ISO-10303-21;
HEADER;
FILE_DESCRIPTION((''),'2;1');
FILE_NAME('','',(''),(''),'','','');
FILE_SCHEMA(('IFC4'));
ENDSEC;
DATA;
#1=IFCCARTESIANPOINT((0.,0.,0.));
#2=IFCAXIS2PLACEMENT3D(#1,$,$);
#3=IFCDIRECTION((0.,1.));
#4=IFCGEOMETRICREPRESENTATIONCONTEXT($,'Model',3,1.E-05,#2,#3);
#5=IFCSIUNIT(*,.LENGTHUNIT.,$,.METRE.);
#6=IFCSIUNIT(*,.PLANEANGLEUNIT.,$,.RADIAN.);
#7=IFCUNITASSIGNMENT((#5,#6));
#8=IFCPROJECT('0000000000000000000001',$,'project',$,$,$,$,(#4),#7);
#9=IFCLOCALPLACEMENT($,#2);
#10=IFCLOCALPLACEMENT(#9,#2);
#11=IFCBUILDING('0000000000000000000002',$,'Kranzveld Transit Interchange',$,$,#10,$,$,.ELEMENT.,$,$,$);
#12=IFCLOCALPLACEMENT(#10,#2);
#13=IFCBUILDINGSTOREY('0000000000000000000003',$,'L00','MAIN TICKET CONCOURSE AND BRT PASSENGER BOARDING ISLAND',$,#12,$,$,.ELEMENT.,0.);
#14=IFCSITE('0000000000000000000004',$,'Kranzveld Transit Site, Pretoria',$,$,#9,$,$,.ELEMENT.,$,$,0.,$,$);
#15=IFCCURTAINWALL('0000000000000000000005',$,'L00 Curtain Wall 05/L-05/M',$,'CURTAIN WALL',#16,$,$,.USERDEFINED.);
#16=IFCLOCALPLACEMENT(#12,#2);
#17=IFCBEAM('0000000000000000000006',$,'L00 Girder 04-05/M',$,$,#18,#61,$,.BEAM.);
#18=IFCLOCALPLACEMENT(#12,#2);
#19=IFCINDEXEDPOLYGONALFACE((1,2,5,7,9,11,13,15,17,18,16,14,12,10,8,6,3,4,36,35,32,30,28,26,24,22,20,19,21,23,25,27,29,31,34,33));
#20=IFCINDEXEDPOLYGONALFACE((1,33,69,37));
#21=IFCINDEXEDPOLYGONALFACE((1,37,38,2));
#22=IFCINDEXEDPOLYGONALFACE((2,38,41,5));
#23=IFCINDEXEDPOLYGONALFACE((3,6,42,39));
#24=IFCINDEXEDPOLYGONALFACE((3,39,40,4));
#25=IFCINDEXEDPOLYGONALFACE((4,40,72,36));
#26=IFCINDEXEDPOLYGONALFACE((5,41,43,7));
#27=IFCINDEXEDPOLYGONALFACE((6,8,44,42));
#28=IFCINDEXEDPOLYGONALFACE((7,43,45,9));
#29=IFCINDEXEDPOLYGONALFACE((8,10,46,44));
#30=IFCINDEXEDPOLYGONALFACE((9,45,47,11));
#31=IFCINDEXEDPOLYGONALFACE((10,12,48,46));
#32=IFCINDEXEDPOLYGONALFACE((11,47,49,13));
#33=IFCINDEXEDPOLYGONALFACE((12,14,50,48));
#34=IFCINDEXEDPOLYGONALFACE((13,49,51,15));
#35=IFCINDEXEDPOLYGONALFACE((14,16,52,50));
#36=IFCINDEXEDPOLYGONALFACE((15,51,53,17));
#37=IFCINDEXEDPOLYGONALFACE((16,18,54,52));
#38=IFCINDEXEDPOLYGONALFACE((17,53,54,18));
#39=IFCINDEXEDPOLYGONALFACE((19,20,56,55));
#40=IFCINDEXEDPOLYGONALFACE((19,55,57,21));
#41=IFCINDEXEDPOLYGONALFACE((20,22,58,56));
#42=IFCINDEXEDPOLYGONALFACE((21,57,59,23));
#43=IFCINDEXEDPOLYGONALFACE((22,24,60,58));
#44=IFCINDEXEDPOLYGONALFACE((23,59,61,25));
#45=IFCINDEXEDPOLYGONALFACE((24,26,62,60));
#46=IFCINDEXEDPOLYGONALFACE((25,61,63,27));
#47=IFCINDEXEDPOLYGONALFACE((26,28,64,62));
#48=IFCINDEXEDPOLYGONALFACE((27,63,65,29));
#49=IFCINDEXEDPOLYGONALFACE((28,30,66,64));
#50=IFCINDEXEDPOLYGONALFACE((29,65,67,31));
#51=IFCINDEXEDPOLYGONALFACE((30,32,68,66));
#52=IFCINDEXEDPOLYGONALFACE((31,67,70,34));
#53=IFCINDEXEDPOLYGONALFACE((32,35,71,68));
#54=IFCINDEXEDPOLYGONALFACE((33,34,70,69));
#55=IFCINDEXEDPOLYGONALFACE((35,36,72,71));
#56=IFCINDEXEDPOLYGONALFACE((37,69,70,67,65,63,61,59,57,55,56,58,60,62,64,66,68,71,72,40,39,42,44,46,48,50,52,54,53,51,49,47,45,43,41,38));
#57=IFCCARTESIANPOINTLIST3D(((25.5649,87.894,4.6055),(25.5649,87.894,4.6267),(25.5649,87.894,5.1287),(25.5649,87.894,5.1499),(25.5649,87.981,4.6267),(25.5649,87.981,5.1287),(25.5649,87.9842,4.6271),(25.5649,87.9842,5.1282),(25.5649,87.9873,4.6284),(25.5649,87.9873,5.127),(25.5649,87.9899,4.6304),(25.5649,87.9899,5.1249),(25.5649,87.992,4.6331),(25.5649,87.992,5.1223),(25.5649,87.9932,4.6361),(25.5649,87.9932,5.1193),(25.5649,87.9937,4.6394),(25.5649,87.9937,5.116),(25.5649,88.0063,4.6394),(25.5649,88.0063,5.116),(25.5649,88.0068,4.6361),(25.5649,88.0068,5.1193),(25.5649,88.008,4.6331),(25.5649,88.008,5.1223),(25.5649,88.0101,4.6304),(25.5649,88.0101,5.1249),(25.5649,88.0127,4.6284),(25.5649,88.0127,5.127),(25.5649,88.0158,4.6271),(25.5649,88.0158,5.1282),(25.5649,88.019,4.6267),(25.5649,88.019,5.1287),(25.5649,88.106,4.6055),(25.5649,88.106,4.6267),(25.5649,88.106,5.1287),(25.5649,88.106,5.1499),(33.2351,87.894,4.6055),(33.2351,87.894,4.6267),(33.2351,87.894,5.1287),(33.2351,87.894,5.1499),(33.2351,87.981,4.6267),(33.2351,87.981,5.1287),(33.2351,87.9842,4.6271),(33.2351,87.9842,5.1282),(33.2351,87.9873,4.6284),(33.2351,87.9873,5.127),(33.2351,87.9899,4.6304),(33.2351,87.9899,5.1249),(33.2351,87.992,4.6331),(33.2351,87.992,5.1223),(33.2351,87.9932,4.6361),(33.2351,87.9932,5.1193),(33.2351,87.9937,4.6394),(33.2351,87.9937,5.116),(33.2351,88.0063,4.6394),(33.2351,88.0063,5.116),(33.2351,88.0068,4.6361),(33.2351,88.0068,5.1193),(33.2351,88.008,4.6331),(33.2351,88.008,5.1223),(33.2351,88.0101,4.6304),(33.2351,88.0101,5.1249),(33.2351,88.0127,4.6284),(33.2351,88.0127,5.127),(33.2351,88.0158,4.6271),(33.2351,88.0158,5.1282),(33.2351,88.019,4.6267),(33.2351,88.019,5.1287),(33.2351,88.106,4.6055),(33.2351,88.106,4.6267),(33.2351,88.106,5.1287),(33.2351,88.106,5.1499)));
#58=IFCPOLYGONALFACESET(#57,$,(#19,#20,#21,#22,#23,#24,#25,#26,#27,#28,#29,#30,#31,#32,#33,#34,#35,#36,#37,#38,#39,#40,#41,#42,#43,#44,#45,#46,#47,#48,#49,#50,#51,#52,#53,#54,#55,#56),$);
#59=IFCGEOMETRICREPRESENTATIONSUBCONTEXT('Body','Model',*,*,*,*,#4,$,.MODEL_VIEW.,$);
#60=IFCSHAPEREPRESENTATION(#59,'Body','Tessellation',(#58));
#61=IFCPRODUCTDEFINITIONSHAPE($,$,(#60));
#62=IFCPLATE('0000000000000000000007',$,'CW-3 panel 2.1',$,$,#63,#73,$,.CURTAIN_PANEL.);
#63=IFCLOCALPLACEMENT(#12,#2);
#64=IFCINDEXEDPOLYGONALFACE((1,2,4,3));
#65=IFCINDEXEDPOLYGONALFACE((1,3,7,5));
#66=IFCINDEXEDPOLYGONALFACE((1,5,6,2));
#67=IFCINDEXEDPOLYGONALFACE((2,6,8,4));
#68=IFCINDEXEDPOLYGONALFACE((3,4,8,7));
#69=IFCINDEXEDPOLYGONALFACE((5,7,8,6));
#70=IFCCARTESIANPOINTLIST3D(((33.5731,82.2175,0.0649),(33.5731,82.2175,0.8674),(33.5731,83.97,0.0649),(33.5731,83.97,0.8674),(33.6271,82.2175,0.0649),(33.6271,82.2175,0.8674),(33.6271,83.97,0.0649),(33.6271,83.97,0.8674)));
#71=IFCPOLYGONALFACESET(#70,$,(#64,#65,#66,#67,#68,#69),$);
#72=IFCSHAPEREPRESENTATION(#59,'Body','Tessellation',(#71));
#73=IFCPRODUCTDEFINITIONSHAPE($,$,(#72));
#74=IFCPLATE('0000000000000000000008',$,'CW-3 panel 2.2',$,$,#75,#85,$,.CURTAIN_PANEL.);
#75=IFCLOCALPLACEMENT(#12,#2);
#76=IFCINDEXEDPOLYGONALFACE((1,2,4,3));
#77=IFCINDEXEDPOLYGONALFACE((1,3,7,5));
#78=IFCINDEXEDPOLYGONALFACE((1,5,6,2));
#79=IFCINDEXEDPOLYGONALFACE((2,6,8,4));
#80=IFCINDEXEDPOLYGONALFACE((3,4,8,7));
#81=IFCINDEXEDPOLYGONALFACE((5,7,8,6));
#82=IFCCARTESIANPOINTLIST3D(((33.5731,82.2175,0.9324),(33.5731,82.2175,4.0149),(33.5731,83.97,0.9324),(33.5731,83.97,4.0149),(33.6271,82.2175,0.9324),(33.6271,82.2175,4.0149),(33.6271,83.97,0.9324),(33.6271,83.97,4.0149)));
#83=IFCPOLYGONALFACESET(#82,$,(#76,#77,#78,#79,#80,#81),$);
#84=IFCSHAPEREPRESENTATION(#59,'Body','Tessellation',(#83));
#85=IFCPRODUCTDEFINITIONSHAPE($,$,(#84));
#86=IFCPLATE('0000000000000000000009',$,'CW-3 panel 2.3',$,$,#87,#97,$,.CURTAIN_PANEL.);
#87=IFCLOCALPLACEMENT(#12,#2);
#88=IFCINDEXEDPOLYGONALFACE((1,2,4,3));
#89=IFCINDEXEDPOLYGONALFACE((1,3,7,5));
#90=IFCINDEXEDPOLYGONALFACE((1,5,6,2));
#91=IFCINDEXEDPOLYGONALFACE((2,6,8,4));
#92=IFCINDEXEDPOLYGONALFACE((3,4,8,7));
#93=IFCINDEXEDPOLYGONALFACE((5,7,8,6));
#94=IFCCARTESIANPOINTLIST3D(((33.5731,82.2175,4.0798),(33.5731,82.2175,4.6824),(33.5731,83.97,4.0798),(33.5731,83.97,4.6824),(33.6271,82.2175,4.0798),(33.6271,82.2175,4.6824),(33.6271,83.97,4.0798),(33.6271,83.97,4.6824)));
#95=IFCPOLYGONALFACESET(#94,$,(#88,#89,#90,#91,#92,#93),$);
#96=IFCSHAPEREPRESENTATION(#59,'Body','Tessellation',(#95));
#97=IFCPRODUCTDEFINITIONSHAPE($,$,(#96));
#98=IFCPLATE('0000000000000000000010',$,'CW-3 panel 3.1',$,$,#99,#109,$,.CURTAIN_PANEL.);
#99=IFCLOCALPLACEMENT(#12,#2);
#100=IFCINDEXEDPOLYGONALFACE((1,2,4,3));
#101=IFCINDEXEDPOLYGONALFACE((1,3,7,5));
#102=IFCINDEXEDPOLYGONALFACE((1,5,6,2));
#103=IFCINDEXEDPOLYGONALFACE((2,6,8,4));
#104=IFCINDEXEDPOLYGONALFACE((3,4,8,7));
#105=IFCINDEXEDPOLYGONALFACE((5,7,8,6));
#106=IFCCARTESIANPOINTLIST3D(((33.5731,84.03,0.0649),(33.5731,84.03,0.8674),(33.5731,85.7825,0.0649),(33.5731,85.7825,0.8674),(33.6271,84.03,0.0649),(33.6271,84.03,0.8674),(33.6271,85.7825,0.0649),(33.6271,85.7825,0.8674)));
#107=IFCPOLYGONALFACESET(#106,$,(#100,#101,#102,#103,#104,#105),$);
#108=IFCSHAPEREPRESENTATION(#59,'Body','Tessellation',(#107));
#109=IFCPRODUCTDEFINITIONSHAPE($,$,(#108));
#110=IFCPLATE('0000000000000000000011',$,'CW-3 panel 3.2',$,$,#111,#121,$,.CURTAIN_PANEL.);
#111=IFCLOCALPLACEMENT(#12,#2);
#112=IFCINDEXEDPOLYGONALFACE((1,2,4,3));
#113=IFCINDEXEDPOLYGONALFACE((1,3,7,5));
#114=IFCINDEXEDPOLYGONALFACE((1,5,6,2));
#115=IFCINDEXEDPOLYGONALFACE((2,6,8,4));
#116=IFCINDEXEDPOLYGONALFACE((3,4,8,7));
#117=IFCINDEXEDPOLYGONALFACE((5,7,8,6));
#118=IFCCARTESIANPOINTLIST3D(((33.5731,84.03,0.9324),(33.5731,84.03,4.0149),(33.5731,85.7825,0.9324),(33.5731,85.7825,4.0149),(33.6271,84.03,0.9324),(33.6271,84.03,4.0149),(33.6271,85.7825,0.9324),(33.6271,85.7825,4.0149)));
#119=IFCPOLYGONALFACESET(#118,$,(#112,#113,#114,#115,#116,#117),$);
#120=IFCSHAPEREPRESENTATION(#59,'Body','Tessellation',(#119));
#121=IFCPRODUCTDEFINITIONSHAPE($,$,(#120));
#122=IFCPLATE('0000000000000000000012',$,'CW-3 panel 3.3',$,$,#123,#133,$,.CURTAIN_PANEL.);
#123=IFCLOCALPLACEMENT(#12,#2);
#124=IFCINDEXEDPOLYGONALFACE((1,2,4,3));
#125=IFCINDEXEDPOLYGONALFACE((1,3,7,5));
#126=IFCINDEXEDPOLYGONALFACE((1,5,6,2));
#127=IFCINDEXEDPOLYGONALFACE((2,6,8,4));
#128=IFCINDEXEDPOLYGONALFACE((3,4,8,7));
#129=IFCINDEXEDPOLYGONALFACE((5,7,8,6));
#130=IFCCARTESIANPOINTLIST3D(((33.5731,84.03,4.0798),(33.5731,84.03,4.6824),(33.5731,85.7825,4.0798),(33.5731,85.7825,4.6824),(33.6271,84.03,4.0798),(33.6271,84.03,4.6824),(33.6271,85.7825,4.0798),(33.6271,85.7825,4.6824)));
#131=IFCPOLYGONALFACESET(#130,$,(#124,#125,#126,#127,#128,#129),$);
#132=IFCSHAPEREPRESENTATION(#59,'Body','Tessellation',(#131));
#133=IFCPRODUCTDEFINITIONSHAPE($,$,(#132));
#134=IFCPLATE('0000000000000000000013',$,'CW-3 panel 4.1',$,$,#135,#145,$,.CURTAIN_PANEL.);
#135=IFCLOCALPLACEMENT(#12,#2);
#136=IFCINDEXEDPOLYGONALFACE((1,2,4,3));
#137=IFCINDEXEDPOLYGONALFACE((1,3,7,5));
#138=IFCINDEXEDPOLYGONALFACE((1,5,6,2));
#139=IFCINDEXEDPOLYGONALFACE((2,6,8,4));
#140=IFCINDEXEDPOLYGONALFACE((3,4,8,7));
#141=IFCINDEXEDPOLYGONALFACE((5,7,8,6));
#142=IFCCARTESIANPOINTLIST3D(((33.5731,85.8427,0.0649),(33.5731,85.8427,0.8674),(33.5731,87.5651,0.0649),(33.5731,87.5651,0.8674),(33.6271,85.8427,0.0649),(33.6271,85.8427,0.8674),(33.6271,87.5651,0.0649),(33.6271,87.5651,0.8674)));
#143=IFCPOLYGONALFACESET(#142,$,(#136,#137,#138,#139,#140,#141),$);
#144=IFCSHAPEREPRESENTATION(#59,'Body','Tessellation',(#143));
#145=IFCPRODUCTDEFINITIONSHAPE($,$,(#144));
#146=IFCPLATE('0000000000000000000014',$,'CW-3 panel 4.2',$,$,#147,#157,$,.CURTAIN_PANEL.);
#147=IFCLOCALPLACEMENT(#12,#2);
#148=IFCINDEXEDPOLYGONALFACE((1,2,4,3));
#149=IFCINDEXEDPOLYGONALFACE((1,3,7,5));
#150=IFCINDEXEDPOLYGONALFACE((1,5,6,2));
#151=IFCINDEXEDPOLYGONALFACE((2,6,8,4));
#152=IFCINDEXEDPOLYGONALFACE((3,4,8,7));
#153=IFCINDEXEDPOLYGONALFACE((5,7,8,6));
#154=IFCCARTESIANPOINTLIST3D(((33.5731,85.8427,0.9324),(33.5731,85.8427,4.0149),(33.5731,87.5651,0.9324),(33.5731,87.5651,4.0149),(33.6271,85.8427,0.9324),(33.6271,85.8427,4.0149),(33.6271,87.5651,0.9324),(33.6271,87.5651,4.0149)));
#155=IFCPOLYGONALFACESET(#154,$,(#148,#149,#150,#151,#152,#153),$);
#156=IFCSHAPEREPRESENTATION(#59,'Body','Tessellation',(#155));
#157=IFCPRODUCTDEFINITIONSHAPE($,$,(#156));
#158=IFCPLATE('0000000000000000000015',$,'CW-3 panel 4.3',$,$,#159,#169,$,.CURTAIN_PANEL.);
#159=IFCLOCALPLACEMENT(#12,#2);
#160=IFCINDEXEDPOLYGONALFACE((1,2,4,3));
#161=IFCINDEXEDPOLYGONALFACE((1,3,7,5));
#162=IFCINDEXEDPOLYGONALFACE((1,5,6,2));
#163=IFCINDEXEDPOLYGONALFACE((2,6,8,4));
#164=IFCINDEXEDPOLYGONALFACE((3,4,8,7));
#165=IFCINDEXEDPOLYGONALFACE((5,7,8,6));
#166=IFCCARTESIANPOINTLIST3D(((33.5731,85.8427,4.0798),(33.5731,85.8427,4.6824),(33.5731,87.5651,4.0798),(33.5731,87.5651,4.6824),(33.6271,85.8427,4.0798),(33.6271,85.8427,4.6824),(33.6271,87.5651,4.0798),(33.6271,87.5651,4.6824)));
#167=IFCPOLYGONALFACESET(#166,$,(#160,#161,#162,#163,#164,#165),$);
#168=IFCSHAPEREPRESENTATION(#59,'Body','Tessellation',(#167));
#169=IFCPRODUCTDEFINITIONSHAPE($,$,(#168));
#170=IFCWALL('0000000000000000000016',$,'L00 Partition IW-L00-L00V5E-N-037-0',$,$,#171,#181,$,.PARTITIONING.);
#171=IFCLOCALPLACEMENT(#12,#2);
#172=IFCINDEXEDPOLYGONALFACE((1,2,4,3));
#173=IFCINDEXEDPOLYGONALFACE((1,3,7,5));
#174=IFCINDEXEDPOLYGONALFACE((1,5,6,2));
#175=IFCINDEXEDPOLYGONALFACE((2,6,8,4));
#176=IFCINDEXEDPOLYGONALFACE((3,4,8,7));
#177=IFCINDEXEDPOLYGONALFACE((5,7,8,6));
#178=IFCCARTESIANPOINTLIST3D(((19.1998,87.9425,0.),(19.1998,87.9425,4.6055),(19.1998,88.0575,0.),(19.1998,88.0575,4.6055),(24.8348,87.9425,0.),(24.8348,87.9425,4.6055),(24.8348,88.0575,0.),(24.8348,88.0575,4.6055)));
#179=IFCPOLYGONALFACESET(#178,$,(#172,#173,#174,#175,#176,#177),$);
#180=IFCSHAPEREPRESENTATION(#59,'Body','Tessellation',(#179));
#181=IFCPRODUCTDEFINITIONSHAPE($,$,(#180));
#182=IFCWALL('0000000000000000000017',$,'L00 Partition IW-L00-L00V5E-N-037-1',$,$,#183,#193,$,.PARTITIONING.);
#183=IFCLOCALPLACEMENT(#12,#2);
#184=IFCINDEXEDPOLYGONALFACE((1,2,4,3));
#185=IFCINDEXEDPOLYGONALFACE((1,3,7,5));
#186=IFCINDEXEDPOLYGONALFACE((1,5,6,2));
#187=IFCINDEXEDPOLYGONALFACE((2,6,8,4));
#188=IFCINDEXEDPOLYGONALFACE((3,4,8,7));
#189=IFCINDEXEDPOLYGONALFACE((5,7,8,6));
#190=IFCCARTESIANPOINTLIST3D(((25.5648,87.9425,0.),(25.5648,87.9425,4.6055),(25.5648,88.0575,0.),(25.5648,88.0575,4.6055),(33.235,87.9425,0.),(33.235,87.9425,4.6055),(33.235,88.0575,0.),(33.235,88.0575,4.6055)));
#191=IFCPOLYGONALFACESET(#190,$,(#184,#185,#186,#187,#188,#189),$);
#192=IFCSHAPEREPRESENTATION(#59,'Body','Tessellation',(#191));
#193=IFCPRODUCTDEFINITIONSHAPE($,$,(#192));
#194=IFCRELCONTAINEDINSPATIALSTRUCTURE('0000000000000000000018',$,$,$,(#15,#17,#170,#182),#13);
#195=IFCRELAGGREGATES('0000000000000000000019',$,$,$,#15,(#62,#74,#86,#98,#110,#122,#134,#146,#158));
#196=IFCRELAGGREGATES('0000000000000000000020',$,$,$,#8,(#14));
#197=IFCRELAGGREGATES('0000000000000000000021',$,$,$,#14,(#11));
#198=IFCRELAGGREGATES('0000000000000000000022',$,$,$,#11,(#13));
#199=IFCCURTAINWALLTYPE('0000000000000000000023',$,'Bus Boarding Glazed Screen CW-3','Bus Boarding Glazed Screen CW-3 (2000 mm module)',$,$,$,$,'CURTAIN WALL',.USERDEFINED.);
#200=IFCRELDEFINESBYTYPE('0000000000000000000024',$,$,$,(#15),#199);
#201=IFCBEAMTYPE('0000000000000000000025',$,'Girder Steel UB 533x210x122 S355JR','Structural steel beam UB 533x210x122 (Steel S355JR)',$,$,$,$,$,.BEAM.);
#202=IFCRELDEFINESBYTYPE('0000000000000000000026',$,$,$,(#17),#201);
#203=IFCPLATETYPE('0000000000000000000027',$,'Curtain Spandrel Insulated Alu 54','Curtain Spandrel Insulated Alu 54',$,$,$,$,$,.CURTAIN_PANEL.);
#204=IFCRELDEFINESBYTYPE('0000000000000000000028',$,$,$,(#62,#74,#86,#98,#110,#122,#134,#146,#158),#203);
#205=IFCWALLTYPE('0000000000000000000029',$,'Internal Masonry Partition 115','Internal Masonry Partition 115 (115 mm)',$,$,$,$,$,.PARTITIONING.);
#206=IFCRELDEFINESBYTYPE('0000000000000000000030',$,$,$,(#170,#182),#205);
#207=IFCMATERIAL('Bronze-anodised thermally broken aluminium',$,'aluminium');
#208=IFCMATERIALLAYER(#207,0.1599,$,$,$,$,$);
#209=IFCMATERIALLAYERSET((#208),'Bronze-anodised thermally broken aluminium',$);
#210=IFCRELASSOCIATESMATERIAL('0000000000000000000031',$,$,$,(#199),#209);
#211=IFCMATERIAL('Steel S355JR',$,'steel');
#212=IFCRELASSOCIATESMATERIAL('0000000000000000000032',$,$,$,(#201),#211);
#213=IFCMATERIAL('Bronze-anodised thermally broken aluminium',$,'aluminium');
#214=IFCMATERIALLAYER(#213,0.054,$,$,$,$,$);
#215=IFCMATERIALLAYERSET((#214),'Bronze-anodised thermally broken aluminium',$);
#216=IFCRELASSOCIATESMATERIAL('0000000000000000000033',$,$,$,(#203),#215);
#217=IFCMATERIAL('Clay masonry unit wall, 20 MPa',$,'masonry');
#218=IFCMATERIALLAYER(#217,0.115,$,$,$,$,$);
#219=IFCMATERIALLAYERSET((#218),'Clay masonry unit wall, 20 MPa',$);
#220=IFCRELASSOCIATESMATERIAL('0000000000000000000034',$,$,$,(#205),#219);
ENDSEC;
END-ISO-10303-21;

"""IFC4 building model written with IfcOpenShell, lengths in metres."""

from ifc_helpers import new_model, si_unit, direction, frame, frame_2d, origin, origin_2d, place, context, subcontext, project, spatial, rectangle, i_section, extrude, material, layer, layer_set, material_profile, profile_set, type_object, element, aggregate, save


model = new_model("IFC4")

# Units and contexts
model_context = context("Model", 3, precision=1e-05, world=origin(), true_north=direction((0.0, 1.0)))
body_context = subcontext(model_context, "Body", "Model", "MODEL_VIEW")
ifc_project = project(units=[si_unit("LENGTHUNIT", "METRE"), si_unit("PLANEANGLEUNIT", "RADIAN")], contexts=[model_context])

# Site, building, storey
site_placement = place(None, origin())
site = spatial("IfcSite", under=ifc_project, at=site_placement, Name="Kranzveld Transit Site, Pretoria", CompositionType="ELEMENT", RefElevation=0.0)
building_placement = place(site_placement, origin())
building = spatial("IfcBuilding", under=site, at=building_placement, Name="Kranzveld Transit Interchange", CompositionType="ELEMENT")
storey_placement = place(building_placement, origin())
storey = spatial("IfcBuildingStorey", under=building, at=storey_placement, Name="L00", Description="MAIN TICKET CONCOURSE AND BRT PASSENGER BOARDING ISLAND", CompositionType="ELEMENT", Elevation=0.0)

# Shared definitions
ifc_material_1 = material(Name="Bronze-anodised thermally broken aluminium", Category="aluminium")
ifc_layer_1 = layer(ifc_material_1, 0.1599)
ifc_layer_set_1 = layer_set([ifc_layer_1], Name="Bronze-anodised thermally broken aluminium")
curtain_wall_type = type_object("IfcCurtainWallType", Name="Bus Boarding Glazed Screen CW-3", Description="Bus Boarding Glazed Screen CW-3 (2000 mm module)", ElementType="CURTAIN WALL", PredefinedType="USERDEFINED", material=ifc_layer_set_1)

# Curtain wall
curtain_wall_1_placement = place(storey_placement, origin())
curtain_wall_1 = element("IfcCurtainWall", 1, at=curtain_wall_1_placement, inside=storey, type_object=curtain_wall_type, Name="L00 Curtain Wall 05/L-05/M", ObjectType="CURTAIN WALL", PredefinedType="USERDEFINED")

# Beam
ifc_material_2 = material(Name="Steel S355JR", Category="steel")
ifc_material_profile_1 = material_profile(ifc_material_2, i_section(OverallWidth=0.2119, OverallDepth=0.5444, WebThickness=0.0127, FlangeThickness=0.0212, FilletRadius=0.0127, at=origin_2d()), Name="UB 533x210x122")
ifc_profile_set_1 = profile_set([ifc_material_profile_1], Name="Steel S355JR")
beam_type_1 = type_object("IfcBeamType", Name="Girder Steel UB 533x210x122 S355JR", Description="Structural steel beam UB 533x210x122 (Steel S355JR)", PredefinedType="BEAM", material=ifc_profile_set_1)
beam_1_placement = place(storey_placement, frame((25.5649, 88.0, 4.8777), z_axis=(1.0, 0.0, 0.0), x_axis=(0.0, 1.0, 0.0)))
element("IfcBeam", 2, at=beam_1_placement, inside=storey, type_object=beam_type_1, Name="L00 Girder 04-05/M", PredefinedType="BEAM", context=body_context, shape_type="SweptSolid", body=[
    extrude(i_section(OverallWidth=0.2119, OverallDepth=0.5444, WebThickness=0.0127, FlangeThickness=0.0212, FilletRadius=0.0127, at=origin_2d()), origin(), (0.0, 0.0, 1.0), 7.6702),
])

# Plates
ifc_material_3 = material(Name="Bronze-anodised thermally broken aluminium", Category="aluminium")
ifc_layer_2 = layer(ifc_material_3, 0.054)
ifc_layer_set_2 = layer_set([ifc_layer_2], Name="Bronze-anodised thermally broken aluminium")
plate_type = type_object("IfcPlateType", Name="Curtain Spandrel Insulated Alu 54", Description="Curtain Spandrel Insulated Alu 54", PredefinedType="CURTAIN_PANEL", material=ifc_layer_set_2)
plate_1_placement = place(storey_placement, frame((33.6001, 83.0938, 0.0649), z_axis=(0.0, 0.0, 1.0), x_axis=(0.0, 1.0, 0.0)))
plate_1 = element("IfcPlate", 3, at=plate_1_placement, type_object=plate_type, Name="CW-3 panel 2.1", PredefinedType="CURTAIN_PANEL", context=body_context, shape_type="SweptSolid", body=[
    extrude(rectangle(XDim=1.7524, YDim=0.054, at=origin_2d()), origin(), (0.0, 0.0, 1.0), 0.8025),
])
plate_2_placement = place(storey_placement, frame((33.6001, 83.0938, 0.9324), z_axis=(0.0, 0.0, 1.0), x_axis=(0.0, 1.0, 0.0)))
plate_2 = element("IfcPlate", 4, at=plate_2_placement, type_object=plate_type, Name="CW-3 panel 2.2", PredefinedType="CURTAIN_PANEL", context=body_context, shape_type="SweptSolid", body=[
    extrude(rectangle(XDim=1.7524, YDim=0.054, at=origin_2d()), origin(), (0.0, 0.0, 1.0), 3.0825),
])
plate_3_placement = place(storey_placement, frame((33.6001, 83.0938, 4.0798), z_axis=(0.0, 0.0, 1.0), x_axis=(0.0, 1.0, 0.0)))
plate_3 = element("IfcPlate", 5, at=plate_3_placement, type_object=plate_type, Name="CW-3 panel 2.3", PredefinedType="CURTAIN_PANEL", context=body_context, shape_type="SweptSolid", body=[
    extrude(rectangle(XDim=1.7524, YDim=0.054, at=origin_2d()), origin(), (0.0, 0.0, 1.0), 0.6025),
])
plate_4_placement = place(storey_placement, frame((33.6001, 84.9062, 0.0649), z_axis=(0.0, 0.0, 1.0), x_axis=(0.0, 1.0, 0.0)))
plate_4 = element("IfcPlate", 6, at=plate_4_placement, type_object=plate_type, Name="CW-3 panel 3.1", PredefinedType="CURTAIN_PANEL", context=body_context, shape_type="SweptSolid", body=[
    extrude(rectangle(XDim=1.7524, YDim=0.054, at=origin_2d()), origin(), (0.0, 0.0, 1.0), 0.8025),
])
plate_5_placement = place(storey_placement, frame((33.6001, 84.9062, 0.9324), z_axis=(0.0, 0.0, 1.0), x_axis=(0.0, 1.0, 0.0)))
plate_5 = element("IfcPlate", 7, at=plate_5_placement, type_object=plate_type, Name="CW-3 panel 3.2", PredefinedType="CURTAIN_PANEL", context=body_context, shape_type="SweptSolid", body=[
    extrude(rectangle(XDim=1.7524, YDim=0.054, at=origin_2d()), origin(), (0.0, 0.0, 1.0), 3.0825),
])
plate_6_placement = place(storey_placement, frame((33.6001, 84.9062, 4.0798), z_axis=(0.0, 0.0, 1.0), x_axis=(0.0, 1.0, 0.0)))
plate_6 = element("IfcPlate", 8, at=plate_6_placement, type_object=plate_type, Name="CW-3 panel 3.3", PredefinedType="CURTAIN_PANEL", context=body_context, shape_type="SweptSolid", body=[
    extrude(rectangle(XDim=1.7524, YDim=0.054, at=origin_2d()), origin(), (0.0, 0.0, 1.0), 0.6025),
])
plate_7_placement = place(storey_placement, frame((33.6001, 86.7039, 0.0649), z_axis=(0.0, 0.0, 1.0), x_axis=(0.0, 1.0, 0.0)))
plate_7 = element("IfcPlate", 9, at=plate_7_placement, type_object=plate_type, Name="CW-3 panel 4.1", PredefinedType="CURTAIN_PANEL", context=body_context, shape_type="SweptSolid", body=[
    extrude(rectangle(XDim=1.7224, YDim=0.054, at=origin_2d()), origin(), (0.0, 0.0, 1.0), 0.8025),
])
plate_8_placement = place(storey_placement, frame((33.6001, 86.7039, 0.9324), z_axis=(0.0, 0.0, 1.0), x_axis=(0.0, 1.0, 0.0)))
plate_8 = element("IfcPlate", 10, at=plate_8_placement, type_object=plate_type, Name="CW-3 panel 4.2", PredefinedType="CURTAIN_PANEL", context=body_context, shape_type="SweptSolid", body=[
    extrude(rectangle(XDim=1.7224, YDim=0.054, at=origin_2d()), origin(), (0.0, 0.0, 1.0), 3.0825),
])
plate_9_placement = place(storey_placement, frame((33.6001, 86.7039, 4.0798), z_axis=(0.0, 0.0, 1.0), x_axis=(0.0, 1.0, 0.0)))
plate_9 = element("IfcPlate", 11, at=plate_9_placement, type_object=plate_type, Name="CW-3 panel 4.3", PredefinedType="CURTAIN_PANEL", context=body_context, shape_type="SweptSolid", body=[
    extrude(rectangle(XDim=1.7224, YDim=0.054, at=origin_2d()), origin(), (0.0, 0.0, 1.0), 0.6025),
])
aggregate(curtain_wall_1, [plate_1, plate_2, plate_3, plate_4, plate_5, plate_6, plate_7, plate_8, plate_9])

# Walls
ifc_material_4 = material(Name="Clay masonry unit wall, 20 MPa", Category="masonry")
ifc_layer_3 = layer(ifc_material_4, 0.115)
ifc_layer_set_3 = layer_set([ifc_layer_3], Name="Clay masonry unit wall, 20 MPa")
wall_type = type_object("IfcWallType", Name="Internal Masonry Partition 115", Description="Internal Masonry Partition 115 (115 mm)", PredefinedType="PARTITIONING", material=ifc_layer_set_3)
wall_1_placement = place(storey_placement, frame((19.2, 88.0, 0.0), z_axis=(0.0, 0.0, 1.0), x_axis=(1.0, 0.0, 0.0)))
element("IfcWall", 12, at=wall_1_placement, inside=storey, type_object=wall_type, Name="L00 Partition IW-L00-L00V5E-N-037-0", PredefinedType="PARTITIONING", context=body_context, shape_type="SweptSolid", body=[
    extrude(rectangle(XDim=5.635, YDim=0.115, at=frame_2d((2.8174, 0.0))), origin(), (0.0, 0.0, 1.0), 4.6055),
])
wall_2_placement = place(storey_placement, frame((25.5649, 88.0, 0.0), z_axis=(0.0, 0.0, 1.0), x_axis=(1.0, 0.0, 0.0)))
element("IfcWall", 13, at=wall_2_placement, inside=storey, type_object=wall_type, Name="L00 Partition IW-L00-L00V5E-N-037-1", PredefinedType="PARTITIONING", context=body_context, shape_type="SweptSolid", body=[
    extrude(rectangle(XDim=7.6702, YDim=0.115, at=frame_2d((3.835, 0.0))), origin(), (0.0, 0.0, 1.0), 4.6055),
])

save(model, "model.ifc")
